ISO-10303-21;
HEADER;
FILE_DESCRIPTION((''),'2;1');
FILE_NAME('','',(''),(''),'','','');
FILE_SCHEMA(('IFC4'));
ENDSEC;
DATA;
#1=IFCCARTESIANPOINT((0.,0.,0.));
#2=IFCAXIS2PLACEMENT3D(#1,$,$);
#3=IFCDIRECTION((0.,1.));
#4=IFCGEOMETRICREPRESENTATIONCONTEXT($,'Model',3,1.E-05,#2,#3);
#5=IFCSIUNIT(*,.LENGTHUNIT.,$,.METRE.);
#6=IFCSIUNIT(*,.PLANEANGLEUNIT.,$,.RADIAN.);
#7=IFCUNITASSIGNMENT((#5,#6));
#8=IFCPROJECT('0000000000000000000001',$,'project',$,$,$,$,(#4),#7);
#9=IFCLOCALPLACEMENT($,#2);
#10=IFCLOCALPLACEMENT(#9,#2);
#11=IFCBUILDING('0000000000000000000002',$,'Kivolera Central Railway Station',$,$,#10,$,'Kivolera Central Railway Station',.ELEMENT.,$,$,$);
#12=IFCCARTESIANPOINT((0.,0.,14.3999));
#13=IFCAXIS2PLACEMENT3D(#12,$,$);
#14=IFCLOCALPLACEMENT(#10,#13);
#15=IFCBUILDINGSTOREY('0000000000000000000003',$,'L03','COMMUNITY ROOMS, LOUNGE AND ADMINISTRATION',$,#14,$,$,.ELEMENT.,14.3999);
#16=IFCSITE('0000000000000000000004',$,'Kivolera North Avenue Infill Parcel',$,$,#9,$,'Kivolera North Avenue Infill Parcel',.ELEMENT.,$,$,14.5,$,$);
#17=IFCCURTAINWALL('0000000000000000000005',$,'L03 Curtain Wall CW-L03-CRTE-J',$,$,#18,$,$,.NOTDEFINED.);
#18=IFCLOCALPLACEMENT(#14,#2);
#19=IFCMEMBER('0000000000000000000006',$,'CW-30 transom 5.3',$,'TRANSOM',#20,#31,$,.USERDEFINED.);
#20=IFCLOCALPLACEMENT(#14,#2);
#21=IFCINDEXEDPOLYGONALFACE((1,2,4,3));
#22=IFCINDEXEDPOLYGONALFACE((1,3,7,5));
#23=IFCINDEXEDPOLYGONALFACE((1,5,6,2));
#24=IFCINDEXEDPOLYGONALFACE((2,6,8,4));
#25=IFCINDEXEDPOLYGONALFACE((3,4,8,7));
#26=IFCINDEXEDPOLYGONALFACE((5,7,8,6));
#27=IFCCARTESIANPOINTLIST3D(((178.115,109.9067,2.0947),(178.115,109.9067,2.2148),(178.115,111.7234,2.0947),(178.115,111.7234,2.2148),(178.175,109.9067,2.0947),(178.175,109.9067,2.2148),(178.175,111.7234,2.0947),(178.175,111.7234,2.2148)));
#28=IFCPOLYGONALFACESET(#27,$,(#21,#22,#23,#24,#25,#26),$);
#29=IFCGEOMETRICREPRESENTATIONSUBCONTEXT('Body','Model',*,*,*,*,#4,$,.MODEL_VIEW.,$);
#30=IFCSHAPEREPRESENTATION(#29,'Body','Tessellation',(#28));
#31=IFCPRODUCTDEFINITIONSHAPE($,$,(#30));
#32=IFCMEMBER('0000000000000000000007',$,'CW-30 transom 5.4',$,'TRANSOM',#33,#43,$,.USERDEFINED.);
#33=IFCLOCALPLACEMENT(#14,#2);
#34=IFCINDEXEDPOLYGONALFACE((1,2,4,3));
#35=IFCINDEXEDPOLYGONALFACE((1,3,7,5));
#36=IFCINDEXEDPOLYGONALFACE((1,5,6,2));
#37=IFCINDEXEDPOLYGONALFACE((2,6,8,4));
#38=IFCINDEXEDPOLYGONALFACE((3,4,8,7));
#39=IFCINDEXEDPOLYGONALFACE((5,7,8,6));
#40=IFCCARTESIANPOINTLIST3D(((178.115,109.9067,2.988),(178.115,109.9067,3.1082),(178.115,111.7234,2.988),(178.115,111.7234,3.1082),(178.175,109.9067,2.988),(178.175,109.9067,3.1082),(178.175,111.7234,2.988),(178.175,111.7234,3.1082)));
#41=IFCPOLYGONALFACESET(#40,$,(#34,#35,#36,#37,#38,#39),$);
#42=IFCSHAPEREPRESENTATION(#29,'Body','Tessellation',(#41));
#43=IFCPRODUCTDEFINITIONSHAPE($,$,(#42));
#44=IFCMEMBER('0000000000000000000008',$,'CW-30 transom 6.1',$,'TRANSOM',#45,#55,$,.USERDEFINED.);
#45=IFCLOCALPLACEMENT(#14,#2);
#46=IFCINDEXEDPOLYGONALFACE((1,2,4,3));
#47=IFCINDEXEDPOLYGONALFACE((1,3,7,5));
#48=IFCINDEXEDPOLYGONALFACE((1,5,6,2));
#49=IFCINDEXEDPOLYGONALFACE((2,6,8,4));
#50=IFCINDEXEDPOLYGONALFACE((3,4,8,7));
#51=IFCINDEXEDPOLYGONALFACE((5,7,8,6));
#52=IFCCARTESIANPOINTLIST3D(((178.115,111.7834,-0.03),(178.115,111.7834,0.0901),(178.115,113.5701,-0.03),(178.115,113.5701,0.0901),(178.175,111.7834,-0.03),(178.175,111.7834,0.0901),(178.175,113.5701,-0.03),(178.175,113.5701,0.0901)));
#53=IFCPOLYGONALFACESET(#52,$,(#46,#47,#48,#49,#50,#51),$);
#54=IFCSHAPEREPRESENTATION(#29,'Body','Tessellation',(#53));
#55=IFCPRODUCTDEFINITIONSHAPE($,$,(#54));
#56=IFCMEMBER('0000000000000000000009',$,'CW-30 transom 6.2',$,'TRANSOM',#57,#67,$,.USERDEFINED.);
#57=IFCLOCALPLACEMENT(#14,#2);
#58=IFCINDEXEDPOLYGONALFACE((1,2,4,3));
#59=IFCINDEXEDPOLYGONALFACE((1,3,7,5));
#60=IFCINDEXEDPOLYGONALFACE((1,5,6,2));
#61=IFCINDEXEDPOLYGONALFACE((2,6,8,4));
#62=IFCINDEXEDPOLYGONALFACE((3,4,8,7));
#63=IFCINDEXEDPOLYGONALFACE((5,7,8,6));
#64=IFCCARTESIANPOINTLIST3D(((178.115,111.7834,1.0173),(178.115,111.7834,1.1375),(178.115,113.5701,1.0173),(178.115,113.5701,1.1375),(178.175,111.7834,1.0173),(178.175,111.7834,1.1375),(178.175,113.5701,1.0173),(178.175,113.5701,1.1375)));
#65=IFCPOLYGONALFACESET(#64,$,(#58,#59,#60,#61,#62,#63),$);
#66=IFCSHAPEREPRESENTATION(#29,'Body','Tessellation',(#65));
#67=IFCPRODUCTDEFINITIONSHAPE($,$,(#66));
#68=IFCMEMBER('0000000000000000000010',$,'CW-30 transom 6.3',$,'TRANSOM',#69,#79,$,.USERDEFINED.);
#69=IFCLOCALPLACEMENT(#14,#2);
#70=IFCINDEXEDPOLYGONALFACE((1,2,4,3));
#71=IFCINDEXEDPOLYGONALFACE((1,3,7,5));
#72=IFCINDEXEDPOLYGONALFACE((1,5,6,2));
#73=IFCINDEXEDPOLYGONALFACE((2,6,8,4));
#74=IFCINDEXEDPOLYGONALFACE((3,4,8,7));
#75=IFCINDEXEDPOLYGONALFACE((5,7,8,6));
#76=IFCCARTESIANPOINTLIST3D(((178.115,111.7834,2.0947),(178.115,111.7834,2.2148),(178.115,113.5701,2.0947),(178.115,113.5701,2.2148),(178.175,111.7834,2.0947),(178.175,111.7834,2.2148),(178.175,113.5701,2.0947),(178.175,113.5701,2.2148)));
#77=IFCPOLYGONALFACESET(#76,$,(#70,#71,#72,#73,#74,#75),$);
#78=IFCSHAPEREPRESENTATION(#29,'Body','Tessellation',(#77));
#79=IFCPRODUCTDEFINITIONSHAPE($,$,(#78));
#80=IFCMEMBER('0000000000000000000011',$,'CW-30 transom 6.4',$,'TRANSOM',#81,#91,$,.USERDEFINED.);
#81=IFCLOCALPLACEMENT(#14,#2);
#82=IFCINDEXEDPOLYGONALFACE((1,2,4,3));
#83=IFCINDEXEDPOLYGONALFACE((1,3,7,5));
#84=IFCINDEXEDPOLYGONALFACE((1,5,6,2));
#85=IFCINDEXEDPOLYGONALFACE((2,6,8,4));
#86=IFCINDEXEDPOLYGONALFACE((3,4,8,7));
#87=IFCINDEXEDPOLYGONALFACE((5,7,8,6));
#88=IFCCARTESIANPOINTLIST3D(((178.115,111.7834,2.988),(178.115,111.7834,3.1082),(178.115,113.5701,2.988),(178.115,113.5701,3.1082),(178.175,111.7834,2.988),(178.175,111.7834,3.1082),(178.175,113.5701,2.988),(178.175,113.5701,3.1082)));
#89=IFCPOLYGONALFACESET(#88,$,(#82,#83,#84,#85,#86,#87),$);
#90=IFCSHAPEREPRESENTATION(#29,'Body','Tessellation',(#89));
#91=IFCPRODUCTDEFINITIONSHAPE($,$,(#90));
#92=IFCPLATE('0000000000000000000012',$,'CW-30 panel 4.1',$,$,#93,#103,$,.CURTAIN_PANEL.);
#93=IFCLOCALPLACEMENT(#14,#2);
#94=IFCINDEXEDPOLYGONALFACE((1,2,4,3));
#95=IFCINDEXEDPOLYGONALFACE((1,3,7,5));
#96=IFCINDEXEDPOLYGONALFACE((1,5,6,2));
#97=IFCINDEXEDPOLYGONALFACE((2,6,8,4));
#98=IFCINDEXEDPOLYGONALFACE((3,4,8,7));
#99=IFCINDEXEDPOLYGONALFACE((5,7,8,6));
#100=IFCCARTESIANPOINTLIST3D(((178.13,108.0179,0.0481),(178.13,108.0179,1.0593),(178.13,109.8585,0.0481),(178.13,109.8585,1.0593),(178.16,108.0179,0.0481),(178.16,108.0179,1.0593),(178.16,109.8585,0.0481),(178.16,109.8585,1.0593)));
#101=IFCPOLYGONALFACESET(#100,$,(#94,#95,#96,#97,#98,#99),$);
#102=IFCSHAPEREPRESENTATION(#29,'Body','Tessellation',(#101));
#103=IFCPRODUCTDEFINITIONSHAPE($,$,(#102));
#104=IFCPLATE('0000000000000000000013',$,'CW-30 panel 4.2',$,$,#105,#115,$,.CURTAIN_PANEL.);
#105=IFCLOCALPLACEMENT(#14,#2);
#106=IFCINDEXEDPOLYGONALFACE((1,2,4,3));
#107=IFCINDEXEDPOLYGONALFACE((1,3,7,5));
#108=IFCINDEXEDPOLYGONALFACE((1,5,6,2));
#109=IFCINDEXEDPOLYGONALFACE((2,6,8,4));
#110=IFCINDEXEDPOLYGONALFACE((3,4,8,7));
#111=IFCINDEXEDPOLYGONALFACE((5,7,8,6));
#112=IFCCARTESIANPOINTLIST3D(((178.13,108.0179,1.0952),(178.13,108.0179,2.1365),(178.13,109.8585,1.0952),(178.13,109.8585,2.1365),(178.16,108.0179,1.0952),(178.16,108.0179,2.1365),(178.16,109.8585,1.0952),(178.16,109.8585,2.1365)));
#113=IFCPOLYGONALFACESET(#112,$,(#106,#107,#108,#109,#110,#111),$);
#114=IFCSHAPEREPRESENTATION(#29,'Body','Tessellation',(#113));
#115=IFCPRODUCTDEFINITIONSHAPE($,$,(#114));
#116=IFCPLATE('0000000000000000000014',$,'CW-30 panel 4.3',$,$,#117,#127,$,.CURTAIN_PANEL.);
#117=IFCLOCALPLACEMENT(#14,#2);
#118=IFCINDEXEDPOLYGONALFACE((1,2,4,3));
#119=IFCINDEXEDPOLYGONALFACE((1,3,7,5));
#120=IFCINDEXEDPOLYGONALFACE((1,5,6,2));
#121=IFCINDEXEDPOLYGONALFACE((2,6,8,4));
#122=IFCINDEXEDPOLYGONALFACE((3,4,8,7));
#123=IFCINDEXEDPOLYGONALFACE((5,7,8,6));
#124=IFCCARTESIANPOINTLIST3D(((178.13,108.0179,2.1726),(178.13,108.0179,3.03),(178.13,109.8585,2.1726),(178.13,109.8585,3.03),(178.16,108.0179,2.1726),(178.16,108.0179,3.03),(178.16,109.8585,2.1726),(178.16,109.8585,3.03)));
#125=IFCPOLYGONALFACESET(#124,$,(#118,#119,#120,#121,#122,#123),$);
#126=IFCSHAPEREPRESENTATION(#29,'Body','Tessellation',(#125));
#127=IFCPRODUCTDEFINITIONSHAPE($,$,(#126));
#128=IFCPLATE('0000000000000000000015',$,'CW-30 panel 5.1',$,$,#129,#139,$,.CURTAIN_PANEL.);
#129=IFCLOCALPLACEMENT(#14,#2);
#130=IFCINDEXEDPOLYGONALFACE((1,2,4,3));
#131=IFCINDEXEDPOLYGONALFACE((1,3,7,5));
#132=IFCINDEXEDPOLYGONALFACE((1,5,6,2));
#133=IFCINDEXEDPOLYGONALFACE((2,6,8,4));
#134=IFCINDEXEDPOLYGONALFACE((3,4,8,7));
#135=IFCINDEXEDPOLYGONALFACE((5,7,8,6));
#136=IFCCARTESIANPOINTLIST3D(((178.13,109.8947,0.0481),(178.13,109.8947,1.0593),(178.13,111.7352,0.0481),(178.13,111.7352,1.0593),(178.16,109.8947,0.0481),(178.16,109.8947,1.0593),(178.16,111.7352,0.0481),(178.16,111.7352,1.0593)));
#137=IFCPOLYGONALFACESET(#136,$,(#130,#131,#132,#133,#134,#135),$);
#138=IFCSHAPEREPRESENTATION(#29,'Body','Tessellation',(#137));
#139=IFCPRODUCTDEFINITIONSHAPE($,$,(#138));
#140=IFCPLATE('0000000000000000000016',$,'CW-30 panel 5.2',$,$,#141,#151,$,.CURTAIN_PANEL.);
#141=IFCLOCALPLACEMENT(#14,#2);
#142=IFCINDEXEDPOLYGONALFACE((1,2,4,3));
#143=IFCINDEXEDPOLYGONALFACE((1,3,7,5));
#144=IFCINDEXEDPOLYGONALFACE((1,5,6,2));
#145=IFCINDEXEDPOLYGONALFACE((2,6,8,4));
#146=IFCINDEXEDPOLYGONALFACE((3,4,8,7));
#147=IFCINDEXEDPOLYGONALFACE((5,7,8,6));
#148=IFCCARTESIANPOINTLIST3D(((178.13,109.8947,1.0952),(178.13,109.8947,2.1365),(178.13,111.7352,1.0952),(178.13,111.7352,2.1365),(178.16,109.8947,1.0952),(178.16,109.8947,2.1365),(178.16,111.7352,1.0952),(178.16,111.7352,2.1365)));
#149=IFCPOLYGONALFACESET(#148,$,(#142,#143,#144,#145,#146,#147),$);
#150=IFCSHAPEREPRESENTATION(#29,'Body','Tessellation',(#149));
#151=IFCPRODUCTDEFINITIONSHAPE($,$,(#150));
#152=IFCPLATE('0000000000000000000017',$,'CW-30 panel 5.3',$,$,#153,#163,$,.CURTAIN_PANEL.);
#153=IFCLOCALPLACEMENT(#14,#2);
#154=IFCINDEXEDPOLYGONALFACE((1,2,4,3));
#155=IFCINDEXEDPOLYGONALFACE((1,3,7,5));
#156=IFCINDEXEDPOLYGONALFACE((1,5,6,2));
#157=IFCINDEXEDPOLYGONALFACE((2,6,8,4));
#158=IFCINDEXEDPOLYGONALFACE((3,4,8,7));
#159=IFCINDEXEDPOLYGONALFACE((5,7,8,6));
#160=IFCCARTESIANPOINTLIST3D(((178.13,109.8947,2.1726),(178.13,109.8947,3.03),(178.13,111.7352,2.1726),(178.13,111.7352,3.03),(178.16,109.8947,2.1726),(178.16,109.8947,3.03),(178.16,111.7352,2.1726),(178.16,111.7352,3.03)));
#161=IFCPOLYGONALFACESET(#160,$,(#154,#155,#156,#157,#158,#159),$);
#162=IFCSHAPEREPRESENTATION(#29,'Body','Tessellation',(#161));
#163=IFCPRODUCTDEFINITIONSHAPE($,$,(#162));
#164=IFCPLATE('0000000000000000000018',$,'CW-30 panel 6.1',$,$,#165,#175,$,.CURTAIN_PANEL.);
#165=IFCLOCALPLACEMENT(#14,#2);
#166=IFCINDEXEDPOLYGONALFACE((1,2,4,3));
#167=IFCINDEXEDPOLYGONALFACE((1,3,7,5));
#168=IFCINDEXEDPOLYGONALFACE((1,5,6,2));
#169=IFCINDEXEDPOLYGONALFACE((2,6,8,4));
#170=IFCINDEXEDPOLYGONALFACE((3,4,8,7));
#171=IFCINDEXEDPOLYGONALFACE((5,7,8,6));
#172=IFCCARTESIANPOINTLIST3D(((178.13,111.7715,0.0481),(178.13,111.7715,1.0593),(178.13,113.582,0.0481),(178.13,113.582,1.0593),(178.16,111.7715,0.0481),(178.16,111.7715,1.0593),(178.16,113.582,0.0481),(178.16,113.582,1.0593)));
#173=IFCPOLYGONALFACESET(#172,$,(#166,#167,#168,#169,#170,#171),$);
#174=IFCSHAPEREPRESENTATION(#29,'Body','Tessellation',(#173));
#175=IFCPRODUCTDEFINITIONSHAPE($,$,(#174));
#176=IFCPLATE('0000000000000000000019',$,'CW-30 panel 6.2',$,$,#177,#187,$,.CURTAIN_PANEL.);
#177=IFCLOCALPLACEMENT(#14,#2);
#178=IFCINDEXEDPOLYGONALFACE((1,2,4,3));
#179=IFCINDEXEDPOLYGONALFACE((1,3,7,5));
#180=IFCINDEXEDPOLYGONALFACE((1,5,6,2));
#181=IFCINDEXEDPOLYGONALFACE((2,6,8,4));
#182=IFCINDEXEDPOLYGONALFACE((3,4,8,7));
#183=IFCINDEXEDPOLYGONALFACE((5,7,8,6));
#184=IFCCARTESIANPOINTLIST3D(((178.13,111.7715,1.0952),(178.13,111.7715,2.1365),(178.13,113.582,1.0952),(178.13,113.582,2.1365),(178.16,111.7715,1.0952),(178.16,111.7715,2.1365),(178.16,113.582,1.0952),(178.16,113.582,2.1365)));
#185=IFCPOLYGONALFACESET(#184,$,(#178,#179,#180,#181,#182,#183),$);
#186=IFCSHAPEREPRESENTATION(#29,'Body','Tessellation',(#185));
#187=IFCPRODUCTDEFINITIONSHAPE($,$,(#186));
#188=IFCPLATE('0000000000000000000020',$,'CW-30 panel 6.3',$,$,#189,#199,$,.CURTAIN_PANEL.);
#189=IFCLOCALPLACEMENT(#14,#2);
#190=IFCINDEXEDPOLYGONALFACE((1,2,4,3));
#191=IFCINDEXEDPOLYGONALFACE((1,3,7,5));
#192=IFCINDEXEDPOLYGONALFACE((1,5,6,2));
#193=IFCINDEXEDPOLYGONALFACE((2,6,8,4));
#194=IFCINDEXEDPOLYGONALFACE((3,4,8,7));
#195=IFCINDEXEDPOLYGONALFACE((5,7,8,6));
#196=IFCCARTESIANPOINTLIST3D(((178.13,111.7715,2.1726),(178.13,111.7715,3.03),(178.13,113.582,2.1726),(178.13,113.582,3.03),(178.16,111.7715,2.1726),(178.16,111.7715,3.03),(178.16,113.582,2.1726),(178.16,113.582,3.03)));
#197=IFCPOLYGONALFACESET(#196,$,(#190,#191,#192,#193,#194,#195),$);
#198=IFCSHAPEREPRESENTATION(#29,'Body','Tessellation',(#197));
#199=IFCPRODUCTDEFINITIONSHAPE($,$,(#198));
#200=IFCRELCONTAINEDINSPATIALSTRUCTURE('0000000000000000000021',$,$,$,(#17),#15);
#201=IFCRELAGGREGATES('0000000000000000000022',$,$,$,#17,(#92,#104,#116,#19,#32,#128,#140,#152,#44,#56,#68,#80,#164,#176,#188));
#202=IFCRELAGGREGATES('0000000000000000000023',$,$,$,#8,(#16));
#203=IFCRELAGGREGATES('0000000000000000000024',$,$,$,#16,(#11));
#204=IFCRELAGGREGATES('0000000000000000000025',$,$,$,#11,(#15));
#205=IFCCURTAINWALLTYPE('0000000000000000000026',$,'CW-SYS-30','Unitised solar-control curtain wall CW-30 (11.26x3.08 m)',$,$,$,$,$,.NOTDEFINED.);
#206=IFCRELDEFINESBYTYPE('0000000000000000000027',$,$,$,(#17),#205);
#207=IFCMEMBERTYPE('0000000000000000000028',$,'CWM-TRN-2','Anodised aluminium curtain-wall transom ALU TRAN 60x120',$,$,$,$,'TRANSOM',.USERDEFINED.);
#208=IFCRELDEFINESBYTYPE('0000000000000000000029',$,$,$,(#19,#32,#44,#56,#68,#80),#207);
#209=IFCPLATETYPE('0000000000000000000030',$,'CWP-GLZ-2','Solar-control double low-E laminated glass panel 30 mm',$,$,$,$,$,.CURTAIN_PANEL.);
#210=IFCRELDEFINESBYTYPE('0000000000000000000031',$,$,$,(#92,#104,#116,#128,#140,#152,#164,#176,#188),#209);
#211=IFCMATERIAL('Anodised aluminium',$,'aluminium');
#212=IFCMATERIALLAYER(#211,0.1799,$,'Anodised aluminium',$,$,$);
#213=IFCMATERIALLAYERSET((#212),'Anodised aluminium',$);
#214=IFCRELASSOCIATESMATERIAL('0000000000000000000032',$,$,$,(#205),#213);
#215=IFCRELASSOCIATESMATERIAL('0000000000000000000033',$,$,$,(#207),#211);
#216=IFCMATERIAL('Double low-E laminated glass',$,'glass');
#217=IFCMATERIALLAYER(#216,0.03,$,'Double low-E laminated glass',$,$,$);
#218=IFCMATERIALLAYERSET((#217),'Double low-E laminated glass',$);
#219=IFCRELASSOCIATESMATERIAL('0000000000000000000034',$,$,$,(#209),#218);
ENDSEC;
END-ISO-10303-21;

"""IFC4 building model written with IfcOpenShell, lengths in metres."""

from ifc_helpers import new_model, si_unit, direction, frame, origin, origin_2d, place, context, subcontext, project, spatial, rectangle, extrude, material, layer, layer_set, material_profile, profile_set, type_object, element, aggregate, save


model = new_model("IFC4")

# Units and contexts
model_context = context("Model", 3, precision=1e-05, world=origin(), true_north=direction((0.0, 1.0)))
body_context = subcontext(model_context, "Body", "Model", "MODEL_VIEW")
ifc_project = project(units=[si_unit("LENGTHUNIT", "METRE"), si_unit("PLANEANGLEUNIT", "RADIAN")], contexts=[model_context])

# Site, building, storey
site_placement = place(None, origin())
site = spatial("IfcSite", under=ifc_project, at=site_placement, Name="Kivolera North Avenue Infill Parcel", LongName="Kivolera North Avenue Infill Parcel", CompositionType="ELEMENT", RefElevation=14.5)
building_placement = place(site_placement, origin())
building = spatial("IfcBuilding", under=site, at=building_placement, Name="Kivolera Central Railway Station", LongName="Kivolera Central Railway Station", CompositionType="ELEMENT")
storey_placement = place(building_placement, frame((0.0, 0.0, 14.3999)))
storey = spatial("IfcBuildingStorey", under=building, at=storey_placement, Name="L03", Description="COMMUNITY ROOMS, LOUNGE AND ADMINISTRATION", CompositionType="ELEMENT", Elevation=14.3999)

# Curtain wall, members, plates
ifc_material_1 = material(Name="Anodised aluminium", Category="aluminium")
ifc_layer_1 = layer(ifc_material_1, 0.1799, Name="Anodised aluminium")
ifc_layer_set_1 = layer_set([ifc_layer_1], Name="Anodised aluminium")
curtain_wall_type = type_object("IfcCurtainWallType", Name="CW-SYS-30", Description="Unitised solar-control curtain wall CW-30 (11.26x3.08 m)", PredefinedType="NOTDEFINED", material=ifc_layer_set_1)
curtain_wall_placement = place(storey_placement, origin())
curtain_wall = element("IfcCurtainWall", 1, at=curtain_wall_placement, inside=storey, type_object=curtain_wall_type, Name="L03 Curtain Wall CW-L03-CRTE-J", PredefinedType="NOTDEFINED")
ifc_material_profile_1 = material_profile(ifc_material_1, rectangle(XDim=0.0601, YDim=0.1201, at=origin_2d()), Name="ALU TRAN 60x120")
ifc_profile_set_1 = profile_set([ifc_material_profile_1], Name="Anodised aluminium")
member_type_1 = type_object("IfcMemberType", Name="CWM-TRN-2", Description="Anodised aluminium curtain-wall transom ALU TRAN 60x120", ElementType="TRANSOM", PredefinedType="USERDEFINED", material=ifc_profile_set_1)
member_1_placement = place(storey_placement, frame((178.145, 109.9067, 2.1548), z_axis=(0.0, 1.0, 0.0), x_axis=(-1.0, 0.0, 0.0)))
member_1 = element("IfcMember", 2, at=member_1_placement, type_object=member_type_1, Name="CW-30 transom 5.3", ObjectType="TRANSOM", PredefinedType="USERDEFINED", context=body_context, shape_type="SweptSolid", body=[
    extrude(rectangle(XDim=0.0601, YDim=0.1201, at=origin_2d()), origin(), (0.0, 0.0, 1.0), 1.8167),
])
member_2_placement = place(storey_placement, frame((178.145, 109.9067, 3.0481), z_axis=(0.0, 1.0, 0.0), x_axis=(-1.0, 0.0, 0.0)))
member_2 = element("IfcMember", 3, at=member_2_placement, type_object=member_type_1, Name="CW-30 transom 5.4", ObjectType="TRANSOM", PredefinedType="USERDEFINED", context=body_context, shape_type="SweptSolid", body=[
    extrude(rectangle(XDim=0.0601, YDim=0.1201, at=origin_2d()), origin(), (0.0, 0.0, 1.0), 1.8167),
])
member_3_placement = place(storey_placement, frame((178.145, 111.7834, 0.03), z_axis=(0.0, 1.0, 0.0), x_axis=(-1.0, 0.0, 0.0)))
member_3 = element("IfcMember", 4, at=member_3_placement, type_object=member_type_1, Name="CW-30 transom 6.1", ObjectType="TRANSOM", PredefinedType="USERDEFINED", context=body_context, shape_type="SweptSolid", body=[
    extrude(rectangle(XDim=0.0601, YDim=0.1201, at=origin_2d()), origin(), (0.0, 0.0, 1.0), 1.7866),
])
member_4_placement = place(storey_placement, frame((178.145, 111.7834, 1.0774), z_axis=(0.0, 1.0, 0.0), x_axis=(-1.0, 0.0, 0.0)))
member_4 = element("IfcMember", 5, at=member_4_placement, type_object=member_type_1, Name="CW-30 transom 6.2", ObjectType="TRANSOM", PredefinedType="USERDEFINED", context=body_context, shape_type="SweptSolid", body=[
    extrude(rectangle(XDim=0.0601, YDim=0.1201, at=origin_2d()), origin(), (0.0, 0.0, 1.0), 1.7866),
])
member_5_placement = place(storey_placement, frame((178.145, 111.7834, 2.1548), z_axis=(0.0, 1.0, 0.0), x_axis=(-1.0, 0.0, 0.0)))
member_5 = element("IfcMember", 6, at=member_5_placement, type_object=member_type_1, Name="CW-30 transom 6.3", ObjectType="TRANSOM", PredefinedType="USERDEFINED", context=body_context, shape_type="SweptSolid", body=[
    extrude(rectangle(XDim=0.0601, YDim=0.1201, at=origin_2d()), origin(), (0.0, 0.0, 1.0), 1.7866),
])
member_6_placement = place(storey_placement, frame((178.145, 111.7834, 3.0481), z_axis=(0.0, 1.0, 0.0), x_axis=(-1.0, 0.0, 0.0)))
member_6 = element("IfcMember", 7, at=member_6_placement, type_object=member_type_1, Name="CW-30 transom 6.4", ObjectType="TRANSOM", PredefinedType="USERDEFINED", context=body_context, shape_type="SweptSolid", body=[
    extrude(rectangle(XDim=0.0601, YDim=0.1201, at=origin_2d()), origin(), (0.0, 0.0, 1.0), 1.7866),
])
ifc_material_2 = material(Name="Double low-E laminated glass", Category="glass")
ifc_layer_2 = layer(ifc_material_2, 0.03, Name="Double low-E laminated glass")
ifc_layer_set_2 = layer_set([ifc_layer_2], Name="Double low-E laminated glass")
plate_type = type_object("IfcPlateType", Name="CWP-GLZ-2", Description="Solar-control double low-E laminated glass panel 30 mm", PredefinedType="CURTAIN_PANEL", material=ifc_layer_set_2)
plate_1_placement = place(storey_placement, frame((178.145, 108.9382, 0.0481), z_axis=(0.0, 0.0, 1.0), x_axis=(0.0, 1.0, 0.0)))
plate_1 = element("IfcPlate", 8, at=plate_1_placement, type_object=plate_type, Name="CW-30 panel 4.1", PredefinedType="CURTAIN_PANEL", context=body_context, shape_type="SweptSolid", body=[
    extrude(rectangle(XDim=1.8406, YDim=0.03, at=origin_2d()), origin(), (0.0, 0.0, 1.0), 1.0112),
])
plate_2_placement = place(storey_placement, frame((178.145, 108.9382, 1.0952), z_axis=(0.0, 0.0, 1.0), x_axis=(0.0, 1.0, 0.0)))
plate_2 = element("IfcPlate", 9, at=plate_2_placement, type_object=plate_type, Name="CW-30 panel 4.2", PredefinedType="CURTAIN_PANEL", context=body_context, shape_type="SweptSolid", body=[
    extrude(rectangle(XDim=1.8406, YDim=0.03, at=origin_2d()), origin(), (0.0, 0.0, 1.0), 1.0413),
])
plate_3_placement = place(storey_placement, frame((178.145, 108.9382, 2.1726), z_axis=(0.0, 0.0, 1.0), x_axis=(0.0, 1.0, 0.0)))
plate_3 = element("IfcPlate", 10, at=plate_3_placement, type_object=plate_type, Name="CW-30 panel 4.3", PredefinedType="CURTAIN_PANEL", context=body_context, shape_type="SweptSolid", body=[
    extrude(rectangle(XDim=1.8406, YDim=0.03, at=origin_2d()), origin(), (0.0, 0.0, 1.0), 0.8574),
])
plate_4_placement = place(storey_placement, frame((178.145, 110.8149, 0.0481), z_axis=(0.0, 0.0, 1.0), x_axis=(0.0, 1.0, 0.0)))
plate_4 = element("IfcPlate", 11, at=plate_4_placement, type_object=plate_type, Name="CW-30 panel 5.1", PredefinedType="CURTAIN_PANEL", context=body_context, shape_type="SweptSolid", body=[
    extrude(rectangle(XDim=1.8406, YDim=0.03, at=origin_2d()), origin(), (0.0, 0.0, 1.0), 1.0112),
])
plate_5_placement = place(storey_placement, frame((178.145, 110.8149, 1.0952), z_axis=(0.0, 0.0, 1.0), x_axis=(0.0, 1.0, 0.0)))
plate_5 = element("IfcPlate", 12, at=plate_5_placement, type_object=plate_type, Name="CW-30 panel 5.2", PredefinedType="CURTAIN_PANEL", context=body_context, shape_type="SweptSolid", body=[
    extrude(rectangle(XDim=1.8406, YDim=0.03, at=origin_2d()), origin(), (0.0, 0.0, 1.0), 1.0413),
])
plate_6_placement = place(storey_placement, frame((178.145, 110.8149, 2.1726), z_axis=(0.0, 0.0, 1.0), x_axis=(0.0, 1.0, 0.0)))
plate_6 = element("IfcPlate", 13, at=plate_6_placement, type_object=plate_type, Name="CW-30 panel 5.3", PredefinedType="CURTAIN_PANEL", context=body_context, shape_type="SweptSolid", body=[
    extrude(rectangle(XDim=1.8406, YDim=0.03, at=origin_2d()), origin(), (0.0, 0.0, 1.0), 0.8574),
])
plate_7_placement = place(storey_placement, frame((178.145, 112.6768, 0.0481), z_axis=(0.0, 0.0, 1.0), x_axis=(0.0, 1.0, 0.0)))
plate_7 = element("IfcPlate", 14, at=plate_7_placement, type_object=plate_type, Name="CW-30 panel 6.1", PredefinedType="CURTAIN_PANEL", context=body_context, shape_type="SweptSolid", body=[
    extrude(rectangle(XDim=1.8105, YDim=0.03, at=origin_2d()), origin(), (0.0, 0.0, 1.0), 1.0112),
])
plate_8_placement = place(storey_placement, frame((178.145, 112.6768, 1.0952), z_axis=(0.0, 0.0, 1.0), x_axis=(0.0, 1.0, 0.0)))
plate_8 = element("IfcPlate", 15, at=plate_8_placement, type_object=plate_type, Name="CW-30 panel 6.2", PredefinedType="CURTAIN_PANEL", context=body_context, shape_type="SweptSolid", body=[
    extrude(rectangle(XDim=1.8105, YDim=0.03, at=origin_2d()), origin(), (0.0, 0.0, 1.0), 1.0413),
])
plate_9_placement = place(storey_placement, frame((178.145, 112.6768, 2.1726), z_axis=(0.0, 0.0, 1.0), x_axis=(0.0, 1.0, 0.0)))
plate_9 = element("IfcPlate", 16, at=plate_9_placement, type_object=plate_type, Name="CW-30 panel 6.3", PredefinedType="CURTAIN_PANEL", context=body_context, shape_type="SweptSolid", body=[
    extrude(rectangle(XDim=1.8105, YDim=0.03, at=origin_2d()), origin(), (0.0, 0.0, 1.0), 0.8574),
])
aggregate(curtain_wall, [plate_1, plate_2, plate_3, member_1, member_2, plate_4, plate_5, plate_6, member_3, member_4, member_5, member_6, plate_7, plate_8, plate_9])

save(model, "model.ifc")
